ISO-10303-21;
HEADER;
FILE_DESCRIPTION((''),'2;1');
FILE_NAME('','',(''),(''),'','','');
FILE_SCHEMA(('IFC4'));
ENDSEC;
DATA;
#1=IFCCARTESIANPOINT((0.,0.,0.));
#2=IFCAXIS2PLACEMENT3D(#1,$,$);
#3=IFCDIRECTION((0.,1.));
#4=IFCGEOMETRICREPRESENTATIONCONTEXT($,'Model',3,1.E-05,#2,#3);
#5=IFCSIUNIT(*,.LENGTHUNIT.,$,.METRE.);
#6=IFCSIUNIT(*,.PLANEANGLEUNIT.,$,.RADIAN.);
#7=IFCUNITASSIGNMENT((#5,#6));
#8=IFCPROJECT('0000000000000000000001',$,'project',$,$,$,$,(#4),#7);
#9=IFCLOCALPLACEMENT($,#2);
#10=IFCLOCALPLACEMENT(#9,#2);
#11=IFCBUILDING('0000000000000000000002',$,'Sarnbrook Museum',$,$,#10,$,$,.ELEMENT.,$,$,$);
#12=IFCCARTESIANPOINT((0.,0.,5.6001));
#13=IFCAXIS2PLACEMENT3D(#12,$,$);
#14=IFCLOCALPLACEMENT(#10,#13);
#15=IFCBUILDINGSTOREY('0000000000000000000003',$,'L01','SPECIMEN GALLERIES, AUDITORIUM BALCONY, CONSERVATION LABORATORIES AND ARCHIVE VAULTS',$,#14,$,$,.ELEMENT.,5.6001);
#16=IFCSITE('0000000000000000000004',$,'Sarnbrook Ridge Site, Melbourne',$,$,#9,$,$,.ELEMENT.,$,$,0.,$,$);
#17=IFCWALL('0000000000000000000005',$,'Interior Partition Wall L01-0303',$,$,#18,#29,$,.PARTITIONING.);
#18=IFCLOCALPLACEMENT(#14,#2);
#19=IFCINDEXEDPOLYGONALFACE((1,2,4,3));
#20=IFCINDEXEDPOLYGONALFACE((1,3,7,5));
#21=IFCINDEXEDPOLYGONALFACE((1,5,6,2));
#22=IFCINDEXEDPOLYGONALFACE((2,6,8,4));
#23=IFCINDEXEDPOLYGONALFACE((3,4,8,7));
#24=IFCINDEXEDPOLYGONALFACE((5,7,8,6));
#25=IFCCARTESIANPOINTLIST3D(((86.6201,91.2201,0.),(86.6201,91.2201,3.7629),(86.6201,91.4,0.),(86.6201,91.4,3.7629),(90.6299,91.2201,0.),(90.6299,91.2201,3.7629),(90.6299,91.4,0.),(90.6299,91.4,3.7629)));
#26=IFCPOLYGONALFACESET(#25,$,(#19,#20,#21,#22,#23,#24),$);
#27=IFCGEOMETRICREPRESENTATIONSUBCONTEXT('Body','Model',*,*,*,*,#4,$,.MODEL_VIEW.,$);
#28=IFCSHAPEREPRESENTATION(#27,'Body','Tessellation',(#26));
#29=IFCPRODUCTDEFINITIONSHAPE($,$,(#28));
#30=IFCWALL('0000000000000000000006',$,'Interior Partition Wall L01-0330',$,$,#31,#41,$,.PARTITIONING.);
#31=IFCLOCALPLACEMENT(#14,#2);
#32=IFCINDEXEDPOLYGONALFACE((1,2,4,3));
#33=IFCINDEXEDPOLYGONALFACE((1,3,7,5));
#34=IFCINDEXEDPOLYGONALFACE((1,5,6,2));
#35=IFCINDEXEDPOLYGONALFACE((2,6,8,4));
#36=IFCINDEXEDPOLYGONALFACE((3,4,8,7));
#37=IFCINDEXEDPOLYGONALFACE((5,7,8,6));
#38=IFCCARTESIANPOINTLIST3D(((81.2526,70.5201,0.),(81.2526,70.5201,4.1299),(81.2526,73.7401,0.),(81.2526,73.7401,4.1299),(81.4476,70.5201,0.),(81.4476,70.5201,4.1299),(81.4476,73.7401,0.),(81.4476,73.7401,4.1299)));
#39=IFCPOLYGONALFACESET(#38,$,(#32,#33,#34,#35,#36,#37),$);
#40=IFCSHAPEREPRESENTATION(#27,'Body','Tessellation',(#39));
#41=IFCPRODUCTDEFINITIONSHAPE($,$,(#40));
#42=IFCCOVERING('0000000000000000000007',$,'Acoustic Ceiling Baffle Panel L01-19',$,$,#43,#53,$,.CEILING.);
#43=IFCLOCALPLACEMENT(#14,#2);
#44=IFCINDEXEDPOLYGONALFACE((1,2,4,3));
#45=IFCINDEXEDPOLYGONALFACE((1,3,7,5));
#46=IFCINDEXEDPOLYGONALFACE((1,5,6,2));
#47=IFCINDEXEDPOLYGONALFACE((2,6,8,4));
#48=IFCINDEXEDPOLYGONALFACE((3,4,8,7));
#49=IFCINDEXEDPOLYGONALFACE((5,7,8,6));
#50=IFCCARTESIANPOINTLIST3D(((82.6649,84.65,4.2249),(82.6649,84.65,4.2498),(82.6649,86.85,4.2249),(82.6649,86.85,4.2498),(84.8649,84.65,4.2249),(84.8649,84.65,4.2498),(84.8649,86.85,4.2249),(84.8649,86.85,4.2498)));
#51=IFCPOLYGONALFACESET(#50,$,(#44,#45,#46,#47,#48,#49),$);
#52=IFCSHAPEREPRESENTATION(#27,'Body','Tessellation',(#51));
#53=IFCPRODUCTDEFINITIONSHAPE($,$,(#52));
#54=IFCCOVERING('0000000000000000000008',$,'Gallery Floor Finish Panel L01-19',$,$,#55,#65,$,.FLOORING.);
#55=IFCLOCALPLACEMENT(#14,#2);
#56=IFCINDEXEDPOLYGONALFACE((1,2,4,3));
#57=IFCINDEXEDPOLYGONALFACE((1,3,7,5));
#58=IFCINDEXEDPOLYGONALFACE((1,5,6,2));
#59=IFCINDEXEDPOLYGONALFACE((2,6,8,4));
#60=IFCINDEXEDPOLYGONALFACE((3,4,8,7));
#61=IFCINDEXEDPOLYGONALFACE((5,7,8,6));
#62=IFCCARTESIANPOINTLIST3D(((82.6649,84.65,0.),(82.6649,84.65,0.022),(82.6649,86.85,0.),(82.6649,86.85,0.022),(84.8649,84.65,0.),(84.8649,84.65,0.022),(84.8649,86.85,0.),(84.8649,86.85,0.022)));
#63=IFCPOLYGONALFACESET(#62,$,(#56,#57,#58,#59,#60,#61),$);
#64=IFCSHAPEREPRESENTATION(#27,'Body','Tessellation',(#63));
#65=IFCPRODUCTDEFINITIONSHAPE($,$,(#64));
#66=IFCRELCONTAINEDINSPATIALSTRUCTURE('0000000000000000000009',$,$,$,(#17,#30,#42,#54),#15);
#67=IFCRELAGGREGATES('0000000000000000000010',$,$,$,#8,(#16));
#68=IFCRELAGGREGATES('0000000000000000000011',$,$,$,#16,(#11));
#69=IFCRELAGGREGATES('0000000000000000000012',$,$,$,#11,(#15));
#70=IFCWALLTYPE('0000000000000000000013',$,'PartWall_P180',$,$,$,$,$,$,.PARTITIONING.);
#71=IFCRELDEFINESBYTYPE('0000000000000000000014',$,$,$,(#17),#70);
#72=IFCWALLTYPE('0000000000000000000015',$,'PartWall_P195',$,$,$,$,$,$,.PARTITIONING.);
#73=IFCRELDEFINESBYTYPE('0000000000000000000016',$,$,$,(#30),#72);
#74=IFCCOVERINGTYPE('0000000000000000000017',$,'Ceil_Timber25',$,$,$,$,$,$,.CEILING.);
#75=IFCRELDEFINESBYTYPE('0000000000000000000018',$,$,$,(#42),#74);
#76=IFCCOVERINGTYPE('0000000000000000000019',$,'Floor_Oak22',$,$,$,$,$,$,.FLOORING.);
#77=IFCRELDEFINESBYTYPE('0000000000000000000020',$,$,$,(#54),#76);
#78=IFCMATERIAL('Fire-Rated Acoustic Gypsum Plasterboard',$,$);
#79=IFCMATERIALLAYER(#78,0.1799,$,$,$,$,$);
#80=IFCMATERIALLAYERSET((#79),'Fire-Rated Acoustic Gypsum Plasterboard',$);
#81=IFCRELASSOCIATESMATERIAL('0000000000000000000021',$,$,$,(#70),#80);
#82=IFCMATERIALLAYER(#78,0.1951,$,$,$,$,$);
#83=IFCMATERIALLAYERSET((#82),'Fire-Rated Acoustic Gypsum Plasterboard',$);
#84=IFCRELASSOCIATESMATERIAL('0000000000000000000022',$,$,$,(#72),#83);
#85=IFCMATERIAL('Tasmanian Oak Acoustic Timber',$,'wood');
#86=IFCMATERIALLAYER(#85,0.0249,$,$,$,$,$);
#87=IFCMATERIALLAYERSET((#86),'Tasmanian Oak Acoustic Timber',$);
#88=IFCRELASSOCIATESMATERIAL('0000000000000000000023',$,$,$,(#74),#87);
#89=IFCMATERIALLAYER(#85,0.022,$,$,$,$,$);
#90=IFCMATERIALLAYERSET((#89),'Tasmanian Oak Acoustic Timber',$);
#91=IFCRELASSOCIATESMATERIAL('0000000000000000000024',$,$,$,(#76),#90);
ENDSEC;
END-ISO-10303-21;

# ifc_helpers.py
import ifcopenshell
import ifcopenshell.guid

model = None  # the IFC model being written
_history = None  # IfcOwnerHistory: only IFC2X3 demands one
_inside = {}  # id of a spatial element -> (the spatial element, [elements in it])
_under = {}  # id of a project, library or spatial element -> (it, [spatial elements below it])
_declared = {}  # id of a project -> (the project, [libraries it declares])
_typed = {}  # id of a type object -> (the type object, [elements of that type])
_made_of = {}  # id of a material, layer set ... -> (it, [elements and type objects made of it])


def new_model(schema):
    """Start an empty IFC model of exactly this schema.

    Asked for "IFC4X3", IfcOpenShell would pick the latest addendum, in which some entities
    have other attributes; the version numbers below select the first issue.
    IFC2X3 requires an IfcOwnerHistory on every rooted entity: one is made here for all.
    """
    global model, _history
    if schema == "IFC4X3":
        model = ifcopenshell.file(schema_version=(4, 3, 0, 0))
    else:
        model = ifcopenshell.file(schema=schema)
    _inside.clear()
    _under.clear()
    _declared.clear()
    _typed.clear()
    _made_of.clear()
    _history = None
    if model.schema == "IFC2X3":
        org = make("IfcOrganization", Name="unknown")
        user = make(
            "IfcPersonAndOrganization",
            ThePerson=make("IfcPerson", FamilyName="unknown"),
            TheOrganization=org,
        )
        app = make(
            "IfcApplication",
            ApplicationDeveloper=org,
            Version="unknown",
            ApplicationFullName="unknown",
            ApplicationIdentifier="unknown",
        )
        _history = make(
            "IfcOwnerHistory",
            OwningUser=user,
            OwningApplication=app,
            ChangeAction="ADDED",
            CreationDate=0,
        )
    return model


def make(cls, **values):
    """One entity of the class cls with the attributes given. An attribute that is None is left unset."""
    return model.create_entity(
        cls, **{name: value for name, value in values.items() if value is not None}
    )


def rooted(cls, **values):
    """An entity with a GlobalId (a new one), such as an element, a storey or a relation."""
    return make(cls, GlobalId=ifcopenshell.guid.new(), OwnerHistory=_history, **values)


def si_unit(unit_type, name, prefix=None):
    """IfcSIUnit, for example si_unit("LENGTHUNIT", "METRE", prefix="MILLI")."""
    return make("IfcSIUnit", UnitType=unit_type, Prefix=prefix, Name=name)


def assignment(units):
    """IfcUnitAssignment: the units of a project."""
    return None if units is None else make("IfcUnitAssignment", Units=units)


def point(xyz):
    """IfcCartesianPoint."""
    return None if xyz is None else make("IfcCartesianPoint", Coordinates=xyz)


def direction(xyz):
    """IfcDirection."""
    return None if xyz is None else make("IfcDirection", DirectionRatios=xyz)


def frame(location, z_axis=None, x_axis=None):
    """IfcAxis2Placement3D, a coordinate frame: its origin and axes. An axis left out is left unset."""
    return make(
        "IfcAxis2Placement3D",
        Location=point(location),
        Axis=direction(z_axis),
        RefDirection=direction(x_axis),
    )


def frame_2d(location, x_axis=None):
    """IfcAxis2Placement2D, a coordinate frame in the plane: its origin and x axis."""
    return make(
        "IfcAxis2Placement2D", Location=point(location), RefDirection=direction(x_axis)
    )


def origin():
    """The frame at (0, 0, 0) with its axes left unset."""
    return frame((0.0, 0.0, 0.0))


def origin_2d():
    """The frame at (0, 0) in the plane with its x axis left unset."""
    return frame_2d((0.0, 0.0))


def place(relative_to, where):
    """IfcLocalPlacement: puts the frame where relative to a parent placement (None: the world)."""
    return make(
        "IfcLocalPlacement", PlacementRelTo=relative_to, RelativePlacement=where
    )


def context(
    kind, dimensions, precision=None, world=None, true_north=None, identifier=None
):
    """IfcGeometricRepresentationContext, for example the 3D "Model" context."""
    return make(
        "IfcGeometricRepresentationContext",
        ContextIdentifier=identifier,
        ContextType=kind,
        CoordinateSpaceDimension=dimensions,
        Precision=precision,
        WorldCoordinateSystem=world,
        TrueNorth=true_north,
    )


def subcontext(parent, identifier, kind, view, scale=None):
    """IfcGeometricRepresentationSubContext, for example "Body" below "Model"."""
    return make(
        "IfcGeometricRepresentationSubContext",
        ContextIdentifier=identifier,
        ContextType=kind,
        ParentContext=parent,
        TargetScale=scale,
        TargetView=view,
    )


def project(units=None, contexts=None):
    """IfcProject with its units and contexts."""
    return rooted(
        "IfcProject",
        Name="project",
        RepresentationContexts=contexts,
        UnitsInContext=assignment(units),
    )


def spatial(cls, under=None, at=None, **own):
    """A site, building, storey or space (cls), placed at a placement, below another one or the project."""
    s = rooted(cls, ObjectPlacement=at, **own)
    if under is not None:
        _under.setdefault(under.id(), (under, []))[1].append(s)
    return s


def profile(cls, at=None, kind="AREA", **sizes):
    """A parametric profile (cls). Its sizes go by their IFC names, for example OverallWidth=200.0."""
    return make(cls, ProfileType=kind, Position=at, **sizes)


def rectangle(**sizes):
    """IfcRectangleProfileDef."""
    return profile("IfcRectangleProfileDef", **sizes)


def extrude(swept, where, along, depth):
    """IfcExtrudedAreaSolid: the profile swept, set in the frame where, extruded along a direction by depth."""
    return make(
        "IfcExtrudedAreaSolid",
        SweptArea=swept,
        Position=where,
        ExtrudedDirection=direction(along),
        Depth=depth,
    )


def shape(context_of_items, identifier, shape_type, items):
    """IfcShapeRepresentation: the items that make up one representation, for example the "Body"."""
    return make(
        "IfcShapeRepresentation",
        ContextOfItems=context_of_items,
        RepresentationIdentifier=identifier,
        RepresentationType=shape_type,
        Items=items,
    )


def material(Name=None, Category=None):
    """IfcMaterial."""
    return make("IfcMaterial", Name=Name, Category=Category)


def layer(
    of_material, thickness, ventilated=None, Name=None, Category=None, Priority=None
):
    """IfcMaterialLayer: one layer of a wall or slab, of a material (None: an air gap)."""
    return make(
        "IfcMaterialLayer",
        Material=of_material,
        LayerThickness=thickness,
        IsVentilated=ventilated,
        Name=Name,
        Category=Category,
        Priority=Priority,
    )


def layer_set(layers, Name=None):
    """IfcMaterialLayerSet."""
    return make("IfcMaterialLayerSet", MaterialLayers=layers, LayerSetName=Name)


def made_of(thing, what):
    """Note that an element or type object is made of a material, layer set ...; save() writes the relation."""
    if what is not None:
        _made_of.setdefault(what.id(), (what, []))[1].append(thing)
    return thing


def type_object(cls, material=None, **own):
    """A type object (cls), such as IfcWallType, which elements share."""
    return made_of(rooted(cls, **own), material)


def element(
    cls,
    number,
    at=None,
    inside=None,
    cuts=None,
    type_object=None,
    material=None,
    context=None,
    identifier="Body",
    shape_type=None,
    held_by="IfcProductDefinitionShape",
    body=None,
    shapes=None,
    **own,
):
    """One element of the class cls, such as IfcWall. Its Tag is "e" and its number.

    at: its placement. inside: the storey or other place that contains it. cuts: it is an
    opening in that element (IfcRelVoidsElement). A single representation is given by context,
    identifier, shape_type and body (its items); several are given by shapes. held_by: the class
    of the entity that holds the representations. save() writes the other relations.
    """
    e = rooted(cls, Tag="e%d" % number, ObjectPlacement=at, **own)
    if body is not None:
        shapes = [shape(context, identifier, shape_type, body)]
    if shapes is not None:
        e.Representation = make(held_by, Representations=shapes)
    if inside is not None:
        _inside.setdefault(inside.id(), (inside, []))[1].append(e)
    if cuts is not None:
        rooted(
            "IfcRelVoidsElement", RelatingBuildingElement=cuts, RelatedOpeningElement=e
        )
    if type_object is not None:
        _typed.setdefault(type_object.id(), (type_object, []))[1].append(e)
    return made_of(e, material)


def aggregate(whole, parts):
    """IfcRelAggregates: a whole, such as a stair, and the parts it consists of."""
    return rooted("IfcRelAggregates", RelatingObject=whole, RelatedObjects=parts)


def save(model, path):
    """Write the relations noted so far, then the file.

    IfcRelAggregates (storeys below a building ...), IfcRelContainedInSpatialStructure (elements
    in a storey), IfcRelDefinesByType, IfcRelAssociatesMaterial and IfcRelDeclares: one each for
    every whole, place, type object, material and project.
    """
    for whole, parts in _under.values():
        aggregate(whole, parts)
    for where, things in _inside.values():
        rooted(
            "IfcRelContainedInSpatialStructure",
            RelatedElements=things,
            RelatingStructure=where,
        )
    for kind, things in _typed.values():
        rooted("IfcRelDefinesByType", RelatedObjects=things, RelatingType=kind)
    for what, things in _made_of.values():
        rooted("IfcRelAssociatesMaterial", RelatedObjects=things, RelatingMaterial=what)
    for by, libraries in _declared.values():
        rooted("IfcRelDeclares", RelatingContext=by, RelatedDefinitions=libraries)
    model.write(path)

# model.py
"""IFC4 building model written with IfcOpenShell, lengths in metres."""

from ifc_helpers import new_model, si_unit, direction, frame, frame_2d, origin, origin_2d, place, context, subcontext, project, spatial, rectangle, extrude, material, layer, layer_set, type_object, element, save


model = new_model("IFC4")

# Units and contexts
model_context = context("Model", 3, precision=1e-05, world=origin(), true_north=direction((0.0, 1.0)))
body_context = subcontext(model_context, "Body", "Model", "MODEL_VIEW")
ifc_project = project(units=[si_unit("LENGTHUNIT", "METRE"), si_unit("PLANEANGLEUNIT", "RADIAN")], contexts=[model_context])

# Site, building, storey
site_placement = place(None, origin())
site = spatial("IfcSite", under=ifc_project, at=site_placement, Name="Sarnbrook Ridge Site, Melbourne", CompositionType="ELEMENT", RefElevation=0.0)
building_placement = place(site_placement, origin())
building = spatial("IfcBuilding", under=site, at=building_placement, Name="Sarnbrook Museum", CompositionType="ELEMENT")
storey_placement = place(building_placement, frame((0.0, 0.0, 5.6001)))
storey = spatial("IfcBuildingStorey", under=building, at=storey_placement, Name="L01", Description="SPECIMEN GALLERIES, AUDITORIUM BALCONY, CONSERVATION LABORATORIES AND ARCHIVE VAULTS", CompositionType="ELEMENT", Elevation=5.6001)

# Shared definitions
ifc_material_1 = material(Name="Fire-Rated Acoustic Gypsum Plasterboard")

# Shared definitions
ifc_material_2 = material(Name="Tasmanian Oak Acoustic Timber", Category="wood")

# Walls
ifc_layer_1 = layer(ifc_material_1, 0.1799)
ifc_layer_set_1 = layer_set([ifc_layer_1], Name="Fire-Rated Acoustic Gypsum Plasterboard")
wall_type_1 = type_object("IfcWallType", Name="PartWall_P180", PredefinedType="PARTITIONING", material=ifc_layer_set_1)
wall_1_placement = place(storey_placement, frame((86.6201, 91.3101, 0.0), z_axis=(0.0, 0.0, 1.0), x_axis=(1.0, 0.0, 0.0)))
element("IfcWall", 1, at=wall_1_placement, inside=storey, type_object=wall_type_1, Name="Interior Partition Wall L01-0303", PredefinedType="PARTITIONING", context=body_context, shape_type="SweptSolid", body=[
    extrude(rectangle(XDim=4.0098, YDim=0.1799, at=frame_2d((2.0049, 0.0))), origin(), (0.0, 0.0, 1.0), 3.7629),
])
ifc_layer_2 = layer(ifc_material_1, 0.1951)
ifc_layer_set_2 = layer_set([ifc_layer_2], Name="Fire-Rated Acoustic Gypsum Plasterboard")
wall_type_2 = type_object("IfcWallType", Name="PartWall_P195", PredefinedType="PARTITIONING", material=ifc_layer_set_2)
wall_2_placement = place(storey_placement, frame((81.3501, 73.74, 0.0), z_axis=(0.0, 0.0, 1.0), x_axis=(0.0, -1.0, 0.0)))
element("IfcWall", 2, at=wall_2_placement, inside=storey, type_object=wall_type_2, Name="Interior Partition Wall L01-0330", PredefinedType="PARTITIONING", context=body_context, shape_type="SweptSolid", body=[
    extrude(rectangle(XDim=3.22, YDim=0.1951, at=frame_2d((1.6099, 0.0))), origin(), (0.0, 0.0, 1.0), 4.1299),
])

# Coverings
ifc_layer_3 = layer(ifc_material_2, 0.0249)
ifc_layer_set_3 = layer_set([ifc_layer_3], Name="Tasmanian Oak Acoustic Timber")
covering_type_1 = type_object("IfcCoveringType", Name="Ceil_Timber25", PredefinedType="CEILING", material=ifc_layer_set_3)
covering_1_placement = place(storey_placement, frame((83.7649, 85.75, 4.2249), z_axis=(0.0, 0.0, 1.0), x_axis=(1.0, 0.0, 0.0)))
element("IfcCovering", 3, at=covering_1_placement, inside=storey, type_object=covering_type_1, Name="Acoustic Ceiling Baffle Panel L01-19", PredefinedType="CEILING", context=body_context, shape_type="SweptSolid", body=[
    extrude(rectangle(XDim=2.2, YDim=2.2, at=origin_2d()), origin(), (0.0, 0.0, 1.0), 0.0249),
])
ifc_layer_4 = layer(ifc_material_2, 0.022)
ifc_layer_set_4 = layer_set([ifc_layer_4], Name="Tasmanian Oak Acoustic Timber")
covering_type_2 = type_object("IfcCoveringType", Name="Floor_Oak22", PredefinedType="FLOORING", material=ifc_layer_set_4)
covering_2_placement = place(storey_placement, frame((83.7649, 85.75, 0.0), z_axis=(0.0, 0.0, 1.0), x_axis=(1.0, 0.0, 0.0)))
element("IfcCovering", 4, at=covering_2_placement, inside=storey, type_object=covering_type_2, Name="Gallery Floor Finish Panel L01-19", PredefinedType="FLOORING", context=body_context, shape_type="SweptSolid", body=[
    extrude(rectangle(XDim=2.2, YDim=2.2, at=origin_2d()), origin(), (0.0, 0.0, 1.0), 0.022),
])

save(model, "model.ifc")
